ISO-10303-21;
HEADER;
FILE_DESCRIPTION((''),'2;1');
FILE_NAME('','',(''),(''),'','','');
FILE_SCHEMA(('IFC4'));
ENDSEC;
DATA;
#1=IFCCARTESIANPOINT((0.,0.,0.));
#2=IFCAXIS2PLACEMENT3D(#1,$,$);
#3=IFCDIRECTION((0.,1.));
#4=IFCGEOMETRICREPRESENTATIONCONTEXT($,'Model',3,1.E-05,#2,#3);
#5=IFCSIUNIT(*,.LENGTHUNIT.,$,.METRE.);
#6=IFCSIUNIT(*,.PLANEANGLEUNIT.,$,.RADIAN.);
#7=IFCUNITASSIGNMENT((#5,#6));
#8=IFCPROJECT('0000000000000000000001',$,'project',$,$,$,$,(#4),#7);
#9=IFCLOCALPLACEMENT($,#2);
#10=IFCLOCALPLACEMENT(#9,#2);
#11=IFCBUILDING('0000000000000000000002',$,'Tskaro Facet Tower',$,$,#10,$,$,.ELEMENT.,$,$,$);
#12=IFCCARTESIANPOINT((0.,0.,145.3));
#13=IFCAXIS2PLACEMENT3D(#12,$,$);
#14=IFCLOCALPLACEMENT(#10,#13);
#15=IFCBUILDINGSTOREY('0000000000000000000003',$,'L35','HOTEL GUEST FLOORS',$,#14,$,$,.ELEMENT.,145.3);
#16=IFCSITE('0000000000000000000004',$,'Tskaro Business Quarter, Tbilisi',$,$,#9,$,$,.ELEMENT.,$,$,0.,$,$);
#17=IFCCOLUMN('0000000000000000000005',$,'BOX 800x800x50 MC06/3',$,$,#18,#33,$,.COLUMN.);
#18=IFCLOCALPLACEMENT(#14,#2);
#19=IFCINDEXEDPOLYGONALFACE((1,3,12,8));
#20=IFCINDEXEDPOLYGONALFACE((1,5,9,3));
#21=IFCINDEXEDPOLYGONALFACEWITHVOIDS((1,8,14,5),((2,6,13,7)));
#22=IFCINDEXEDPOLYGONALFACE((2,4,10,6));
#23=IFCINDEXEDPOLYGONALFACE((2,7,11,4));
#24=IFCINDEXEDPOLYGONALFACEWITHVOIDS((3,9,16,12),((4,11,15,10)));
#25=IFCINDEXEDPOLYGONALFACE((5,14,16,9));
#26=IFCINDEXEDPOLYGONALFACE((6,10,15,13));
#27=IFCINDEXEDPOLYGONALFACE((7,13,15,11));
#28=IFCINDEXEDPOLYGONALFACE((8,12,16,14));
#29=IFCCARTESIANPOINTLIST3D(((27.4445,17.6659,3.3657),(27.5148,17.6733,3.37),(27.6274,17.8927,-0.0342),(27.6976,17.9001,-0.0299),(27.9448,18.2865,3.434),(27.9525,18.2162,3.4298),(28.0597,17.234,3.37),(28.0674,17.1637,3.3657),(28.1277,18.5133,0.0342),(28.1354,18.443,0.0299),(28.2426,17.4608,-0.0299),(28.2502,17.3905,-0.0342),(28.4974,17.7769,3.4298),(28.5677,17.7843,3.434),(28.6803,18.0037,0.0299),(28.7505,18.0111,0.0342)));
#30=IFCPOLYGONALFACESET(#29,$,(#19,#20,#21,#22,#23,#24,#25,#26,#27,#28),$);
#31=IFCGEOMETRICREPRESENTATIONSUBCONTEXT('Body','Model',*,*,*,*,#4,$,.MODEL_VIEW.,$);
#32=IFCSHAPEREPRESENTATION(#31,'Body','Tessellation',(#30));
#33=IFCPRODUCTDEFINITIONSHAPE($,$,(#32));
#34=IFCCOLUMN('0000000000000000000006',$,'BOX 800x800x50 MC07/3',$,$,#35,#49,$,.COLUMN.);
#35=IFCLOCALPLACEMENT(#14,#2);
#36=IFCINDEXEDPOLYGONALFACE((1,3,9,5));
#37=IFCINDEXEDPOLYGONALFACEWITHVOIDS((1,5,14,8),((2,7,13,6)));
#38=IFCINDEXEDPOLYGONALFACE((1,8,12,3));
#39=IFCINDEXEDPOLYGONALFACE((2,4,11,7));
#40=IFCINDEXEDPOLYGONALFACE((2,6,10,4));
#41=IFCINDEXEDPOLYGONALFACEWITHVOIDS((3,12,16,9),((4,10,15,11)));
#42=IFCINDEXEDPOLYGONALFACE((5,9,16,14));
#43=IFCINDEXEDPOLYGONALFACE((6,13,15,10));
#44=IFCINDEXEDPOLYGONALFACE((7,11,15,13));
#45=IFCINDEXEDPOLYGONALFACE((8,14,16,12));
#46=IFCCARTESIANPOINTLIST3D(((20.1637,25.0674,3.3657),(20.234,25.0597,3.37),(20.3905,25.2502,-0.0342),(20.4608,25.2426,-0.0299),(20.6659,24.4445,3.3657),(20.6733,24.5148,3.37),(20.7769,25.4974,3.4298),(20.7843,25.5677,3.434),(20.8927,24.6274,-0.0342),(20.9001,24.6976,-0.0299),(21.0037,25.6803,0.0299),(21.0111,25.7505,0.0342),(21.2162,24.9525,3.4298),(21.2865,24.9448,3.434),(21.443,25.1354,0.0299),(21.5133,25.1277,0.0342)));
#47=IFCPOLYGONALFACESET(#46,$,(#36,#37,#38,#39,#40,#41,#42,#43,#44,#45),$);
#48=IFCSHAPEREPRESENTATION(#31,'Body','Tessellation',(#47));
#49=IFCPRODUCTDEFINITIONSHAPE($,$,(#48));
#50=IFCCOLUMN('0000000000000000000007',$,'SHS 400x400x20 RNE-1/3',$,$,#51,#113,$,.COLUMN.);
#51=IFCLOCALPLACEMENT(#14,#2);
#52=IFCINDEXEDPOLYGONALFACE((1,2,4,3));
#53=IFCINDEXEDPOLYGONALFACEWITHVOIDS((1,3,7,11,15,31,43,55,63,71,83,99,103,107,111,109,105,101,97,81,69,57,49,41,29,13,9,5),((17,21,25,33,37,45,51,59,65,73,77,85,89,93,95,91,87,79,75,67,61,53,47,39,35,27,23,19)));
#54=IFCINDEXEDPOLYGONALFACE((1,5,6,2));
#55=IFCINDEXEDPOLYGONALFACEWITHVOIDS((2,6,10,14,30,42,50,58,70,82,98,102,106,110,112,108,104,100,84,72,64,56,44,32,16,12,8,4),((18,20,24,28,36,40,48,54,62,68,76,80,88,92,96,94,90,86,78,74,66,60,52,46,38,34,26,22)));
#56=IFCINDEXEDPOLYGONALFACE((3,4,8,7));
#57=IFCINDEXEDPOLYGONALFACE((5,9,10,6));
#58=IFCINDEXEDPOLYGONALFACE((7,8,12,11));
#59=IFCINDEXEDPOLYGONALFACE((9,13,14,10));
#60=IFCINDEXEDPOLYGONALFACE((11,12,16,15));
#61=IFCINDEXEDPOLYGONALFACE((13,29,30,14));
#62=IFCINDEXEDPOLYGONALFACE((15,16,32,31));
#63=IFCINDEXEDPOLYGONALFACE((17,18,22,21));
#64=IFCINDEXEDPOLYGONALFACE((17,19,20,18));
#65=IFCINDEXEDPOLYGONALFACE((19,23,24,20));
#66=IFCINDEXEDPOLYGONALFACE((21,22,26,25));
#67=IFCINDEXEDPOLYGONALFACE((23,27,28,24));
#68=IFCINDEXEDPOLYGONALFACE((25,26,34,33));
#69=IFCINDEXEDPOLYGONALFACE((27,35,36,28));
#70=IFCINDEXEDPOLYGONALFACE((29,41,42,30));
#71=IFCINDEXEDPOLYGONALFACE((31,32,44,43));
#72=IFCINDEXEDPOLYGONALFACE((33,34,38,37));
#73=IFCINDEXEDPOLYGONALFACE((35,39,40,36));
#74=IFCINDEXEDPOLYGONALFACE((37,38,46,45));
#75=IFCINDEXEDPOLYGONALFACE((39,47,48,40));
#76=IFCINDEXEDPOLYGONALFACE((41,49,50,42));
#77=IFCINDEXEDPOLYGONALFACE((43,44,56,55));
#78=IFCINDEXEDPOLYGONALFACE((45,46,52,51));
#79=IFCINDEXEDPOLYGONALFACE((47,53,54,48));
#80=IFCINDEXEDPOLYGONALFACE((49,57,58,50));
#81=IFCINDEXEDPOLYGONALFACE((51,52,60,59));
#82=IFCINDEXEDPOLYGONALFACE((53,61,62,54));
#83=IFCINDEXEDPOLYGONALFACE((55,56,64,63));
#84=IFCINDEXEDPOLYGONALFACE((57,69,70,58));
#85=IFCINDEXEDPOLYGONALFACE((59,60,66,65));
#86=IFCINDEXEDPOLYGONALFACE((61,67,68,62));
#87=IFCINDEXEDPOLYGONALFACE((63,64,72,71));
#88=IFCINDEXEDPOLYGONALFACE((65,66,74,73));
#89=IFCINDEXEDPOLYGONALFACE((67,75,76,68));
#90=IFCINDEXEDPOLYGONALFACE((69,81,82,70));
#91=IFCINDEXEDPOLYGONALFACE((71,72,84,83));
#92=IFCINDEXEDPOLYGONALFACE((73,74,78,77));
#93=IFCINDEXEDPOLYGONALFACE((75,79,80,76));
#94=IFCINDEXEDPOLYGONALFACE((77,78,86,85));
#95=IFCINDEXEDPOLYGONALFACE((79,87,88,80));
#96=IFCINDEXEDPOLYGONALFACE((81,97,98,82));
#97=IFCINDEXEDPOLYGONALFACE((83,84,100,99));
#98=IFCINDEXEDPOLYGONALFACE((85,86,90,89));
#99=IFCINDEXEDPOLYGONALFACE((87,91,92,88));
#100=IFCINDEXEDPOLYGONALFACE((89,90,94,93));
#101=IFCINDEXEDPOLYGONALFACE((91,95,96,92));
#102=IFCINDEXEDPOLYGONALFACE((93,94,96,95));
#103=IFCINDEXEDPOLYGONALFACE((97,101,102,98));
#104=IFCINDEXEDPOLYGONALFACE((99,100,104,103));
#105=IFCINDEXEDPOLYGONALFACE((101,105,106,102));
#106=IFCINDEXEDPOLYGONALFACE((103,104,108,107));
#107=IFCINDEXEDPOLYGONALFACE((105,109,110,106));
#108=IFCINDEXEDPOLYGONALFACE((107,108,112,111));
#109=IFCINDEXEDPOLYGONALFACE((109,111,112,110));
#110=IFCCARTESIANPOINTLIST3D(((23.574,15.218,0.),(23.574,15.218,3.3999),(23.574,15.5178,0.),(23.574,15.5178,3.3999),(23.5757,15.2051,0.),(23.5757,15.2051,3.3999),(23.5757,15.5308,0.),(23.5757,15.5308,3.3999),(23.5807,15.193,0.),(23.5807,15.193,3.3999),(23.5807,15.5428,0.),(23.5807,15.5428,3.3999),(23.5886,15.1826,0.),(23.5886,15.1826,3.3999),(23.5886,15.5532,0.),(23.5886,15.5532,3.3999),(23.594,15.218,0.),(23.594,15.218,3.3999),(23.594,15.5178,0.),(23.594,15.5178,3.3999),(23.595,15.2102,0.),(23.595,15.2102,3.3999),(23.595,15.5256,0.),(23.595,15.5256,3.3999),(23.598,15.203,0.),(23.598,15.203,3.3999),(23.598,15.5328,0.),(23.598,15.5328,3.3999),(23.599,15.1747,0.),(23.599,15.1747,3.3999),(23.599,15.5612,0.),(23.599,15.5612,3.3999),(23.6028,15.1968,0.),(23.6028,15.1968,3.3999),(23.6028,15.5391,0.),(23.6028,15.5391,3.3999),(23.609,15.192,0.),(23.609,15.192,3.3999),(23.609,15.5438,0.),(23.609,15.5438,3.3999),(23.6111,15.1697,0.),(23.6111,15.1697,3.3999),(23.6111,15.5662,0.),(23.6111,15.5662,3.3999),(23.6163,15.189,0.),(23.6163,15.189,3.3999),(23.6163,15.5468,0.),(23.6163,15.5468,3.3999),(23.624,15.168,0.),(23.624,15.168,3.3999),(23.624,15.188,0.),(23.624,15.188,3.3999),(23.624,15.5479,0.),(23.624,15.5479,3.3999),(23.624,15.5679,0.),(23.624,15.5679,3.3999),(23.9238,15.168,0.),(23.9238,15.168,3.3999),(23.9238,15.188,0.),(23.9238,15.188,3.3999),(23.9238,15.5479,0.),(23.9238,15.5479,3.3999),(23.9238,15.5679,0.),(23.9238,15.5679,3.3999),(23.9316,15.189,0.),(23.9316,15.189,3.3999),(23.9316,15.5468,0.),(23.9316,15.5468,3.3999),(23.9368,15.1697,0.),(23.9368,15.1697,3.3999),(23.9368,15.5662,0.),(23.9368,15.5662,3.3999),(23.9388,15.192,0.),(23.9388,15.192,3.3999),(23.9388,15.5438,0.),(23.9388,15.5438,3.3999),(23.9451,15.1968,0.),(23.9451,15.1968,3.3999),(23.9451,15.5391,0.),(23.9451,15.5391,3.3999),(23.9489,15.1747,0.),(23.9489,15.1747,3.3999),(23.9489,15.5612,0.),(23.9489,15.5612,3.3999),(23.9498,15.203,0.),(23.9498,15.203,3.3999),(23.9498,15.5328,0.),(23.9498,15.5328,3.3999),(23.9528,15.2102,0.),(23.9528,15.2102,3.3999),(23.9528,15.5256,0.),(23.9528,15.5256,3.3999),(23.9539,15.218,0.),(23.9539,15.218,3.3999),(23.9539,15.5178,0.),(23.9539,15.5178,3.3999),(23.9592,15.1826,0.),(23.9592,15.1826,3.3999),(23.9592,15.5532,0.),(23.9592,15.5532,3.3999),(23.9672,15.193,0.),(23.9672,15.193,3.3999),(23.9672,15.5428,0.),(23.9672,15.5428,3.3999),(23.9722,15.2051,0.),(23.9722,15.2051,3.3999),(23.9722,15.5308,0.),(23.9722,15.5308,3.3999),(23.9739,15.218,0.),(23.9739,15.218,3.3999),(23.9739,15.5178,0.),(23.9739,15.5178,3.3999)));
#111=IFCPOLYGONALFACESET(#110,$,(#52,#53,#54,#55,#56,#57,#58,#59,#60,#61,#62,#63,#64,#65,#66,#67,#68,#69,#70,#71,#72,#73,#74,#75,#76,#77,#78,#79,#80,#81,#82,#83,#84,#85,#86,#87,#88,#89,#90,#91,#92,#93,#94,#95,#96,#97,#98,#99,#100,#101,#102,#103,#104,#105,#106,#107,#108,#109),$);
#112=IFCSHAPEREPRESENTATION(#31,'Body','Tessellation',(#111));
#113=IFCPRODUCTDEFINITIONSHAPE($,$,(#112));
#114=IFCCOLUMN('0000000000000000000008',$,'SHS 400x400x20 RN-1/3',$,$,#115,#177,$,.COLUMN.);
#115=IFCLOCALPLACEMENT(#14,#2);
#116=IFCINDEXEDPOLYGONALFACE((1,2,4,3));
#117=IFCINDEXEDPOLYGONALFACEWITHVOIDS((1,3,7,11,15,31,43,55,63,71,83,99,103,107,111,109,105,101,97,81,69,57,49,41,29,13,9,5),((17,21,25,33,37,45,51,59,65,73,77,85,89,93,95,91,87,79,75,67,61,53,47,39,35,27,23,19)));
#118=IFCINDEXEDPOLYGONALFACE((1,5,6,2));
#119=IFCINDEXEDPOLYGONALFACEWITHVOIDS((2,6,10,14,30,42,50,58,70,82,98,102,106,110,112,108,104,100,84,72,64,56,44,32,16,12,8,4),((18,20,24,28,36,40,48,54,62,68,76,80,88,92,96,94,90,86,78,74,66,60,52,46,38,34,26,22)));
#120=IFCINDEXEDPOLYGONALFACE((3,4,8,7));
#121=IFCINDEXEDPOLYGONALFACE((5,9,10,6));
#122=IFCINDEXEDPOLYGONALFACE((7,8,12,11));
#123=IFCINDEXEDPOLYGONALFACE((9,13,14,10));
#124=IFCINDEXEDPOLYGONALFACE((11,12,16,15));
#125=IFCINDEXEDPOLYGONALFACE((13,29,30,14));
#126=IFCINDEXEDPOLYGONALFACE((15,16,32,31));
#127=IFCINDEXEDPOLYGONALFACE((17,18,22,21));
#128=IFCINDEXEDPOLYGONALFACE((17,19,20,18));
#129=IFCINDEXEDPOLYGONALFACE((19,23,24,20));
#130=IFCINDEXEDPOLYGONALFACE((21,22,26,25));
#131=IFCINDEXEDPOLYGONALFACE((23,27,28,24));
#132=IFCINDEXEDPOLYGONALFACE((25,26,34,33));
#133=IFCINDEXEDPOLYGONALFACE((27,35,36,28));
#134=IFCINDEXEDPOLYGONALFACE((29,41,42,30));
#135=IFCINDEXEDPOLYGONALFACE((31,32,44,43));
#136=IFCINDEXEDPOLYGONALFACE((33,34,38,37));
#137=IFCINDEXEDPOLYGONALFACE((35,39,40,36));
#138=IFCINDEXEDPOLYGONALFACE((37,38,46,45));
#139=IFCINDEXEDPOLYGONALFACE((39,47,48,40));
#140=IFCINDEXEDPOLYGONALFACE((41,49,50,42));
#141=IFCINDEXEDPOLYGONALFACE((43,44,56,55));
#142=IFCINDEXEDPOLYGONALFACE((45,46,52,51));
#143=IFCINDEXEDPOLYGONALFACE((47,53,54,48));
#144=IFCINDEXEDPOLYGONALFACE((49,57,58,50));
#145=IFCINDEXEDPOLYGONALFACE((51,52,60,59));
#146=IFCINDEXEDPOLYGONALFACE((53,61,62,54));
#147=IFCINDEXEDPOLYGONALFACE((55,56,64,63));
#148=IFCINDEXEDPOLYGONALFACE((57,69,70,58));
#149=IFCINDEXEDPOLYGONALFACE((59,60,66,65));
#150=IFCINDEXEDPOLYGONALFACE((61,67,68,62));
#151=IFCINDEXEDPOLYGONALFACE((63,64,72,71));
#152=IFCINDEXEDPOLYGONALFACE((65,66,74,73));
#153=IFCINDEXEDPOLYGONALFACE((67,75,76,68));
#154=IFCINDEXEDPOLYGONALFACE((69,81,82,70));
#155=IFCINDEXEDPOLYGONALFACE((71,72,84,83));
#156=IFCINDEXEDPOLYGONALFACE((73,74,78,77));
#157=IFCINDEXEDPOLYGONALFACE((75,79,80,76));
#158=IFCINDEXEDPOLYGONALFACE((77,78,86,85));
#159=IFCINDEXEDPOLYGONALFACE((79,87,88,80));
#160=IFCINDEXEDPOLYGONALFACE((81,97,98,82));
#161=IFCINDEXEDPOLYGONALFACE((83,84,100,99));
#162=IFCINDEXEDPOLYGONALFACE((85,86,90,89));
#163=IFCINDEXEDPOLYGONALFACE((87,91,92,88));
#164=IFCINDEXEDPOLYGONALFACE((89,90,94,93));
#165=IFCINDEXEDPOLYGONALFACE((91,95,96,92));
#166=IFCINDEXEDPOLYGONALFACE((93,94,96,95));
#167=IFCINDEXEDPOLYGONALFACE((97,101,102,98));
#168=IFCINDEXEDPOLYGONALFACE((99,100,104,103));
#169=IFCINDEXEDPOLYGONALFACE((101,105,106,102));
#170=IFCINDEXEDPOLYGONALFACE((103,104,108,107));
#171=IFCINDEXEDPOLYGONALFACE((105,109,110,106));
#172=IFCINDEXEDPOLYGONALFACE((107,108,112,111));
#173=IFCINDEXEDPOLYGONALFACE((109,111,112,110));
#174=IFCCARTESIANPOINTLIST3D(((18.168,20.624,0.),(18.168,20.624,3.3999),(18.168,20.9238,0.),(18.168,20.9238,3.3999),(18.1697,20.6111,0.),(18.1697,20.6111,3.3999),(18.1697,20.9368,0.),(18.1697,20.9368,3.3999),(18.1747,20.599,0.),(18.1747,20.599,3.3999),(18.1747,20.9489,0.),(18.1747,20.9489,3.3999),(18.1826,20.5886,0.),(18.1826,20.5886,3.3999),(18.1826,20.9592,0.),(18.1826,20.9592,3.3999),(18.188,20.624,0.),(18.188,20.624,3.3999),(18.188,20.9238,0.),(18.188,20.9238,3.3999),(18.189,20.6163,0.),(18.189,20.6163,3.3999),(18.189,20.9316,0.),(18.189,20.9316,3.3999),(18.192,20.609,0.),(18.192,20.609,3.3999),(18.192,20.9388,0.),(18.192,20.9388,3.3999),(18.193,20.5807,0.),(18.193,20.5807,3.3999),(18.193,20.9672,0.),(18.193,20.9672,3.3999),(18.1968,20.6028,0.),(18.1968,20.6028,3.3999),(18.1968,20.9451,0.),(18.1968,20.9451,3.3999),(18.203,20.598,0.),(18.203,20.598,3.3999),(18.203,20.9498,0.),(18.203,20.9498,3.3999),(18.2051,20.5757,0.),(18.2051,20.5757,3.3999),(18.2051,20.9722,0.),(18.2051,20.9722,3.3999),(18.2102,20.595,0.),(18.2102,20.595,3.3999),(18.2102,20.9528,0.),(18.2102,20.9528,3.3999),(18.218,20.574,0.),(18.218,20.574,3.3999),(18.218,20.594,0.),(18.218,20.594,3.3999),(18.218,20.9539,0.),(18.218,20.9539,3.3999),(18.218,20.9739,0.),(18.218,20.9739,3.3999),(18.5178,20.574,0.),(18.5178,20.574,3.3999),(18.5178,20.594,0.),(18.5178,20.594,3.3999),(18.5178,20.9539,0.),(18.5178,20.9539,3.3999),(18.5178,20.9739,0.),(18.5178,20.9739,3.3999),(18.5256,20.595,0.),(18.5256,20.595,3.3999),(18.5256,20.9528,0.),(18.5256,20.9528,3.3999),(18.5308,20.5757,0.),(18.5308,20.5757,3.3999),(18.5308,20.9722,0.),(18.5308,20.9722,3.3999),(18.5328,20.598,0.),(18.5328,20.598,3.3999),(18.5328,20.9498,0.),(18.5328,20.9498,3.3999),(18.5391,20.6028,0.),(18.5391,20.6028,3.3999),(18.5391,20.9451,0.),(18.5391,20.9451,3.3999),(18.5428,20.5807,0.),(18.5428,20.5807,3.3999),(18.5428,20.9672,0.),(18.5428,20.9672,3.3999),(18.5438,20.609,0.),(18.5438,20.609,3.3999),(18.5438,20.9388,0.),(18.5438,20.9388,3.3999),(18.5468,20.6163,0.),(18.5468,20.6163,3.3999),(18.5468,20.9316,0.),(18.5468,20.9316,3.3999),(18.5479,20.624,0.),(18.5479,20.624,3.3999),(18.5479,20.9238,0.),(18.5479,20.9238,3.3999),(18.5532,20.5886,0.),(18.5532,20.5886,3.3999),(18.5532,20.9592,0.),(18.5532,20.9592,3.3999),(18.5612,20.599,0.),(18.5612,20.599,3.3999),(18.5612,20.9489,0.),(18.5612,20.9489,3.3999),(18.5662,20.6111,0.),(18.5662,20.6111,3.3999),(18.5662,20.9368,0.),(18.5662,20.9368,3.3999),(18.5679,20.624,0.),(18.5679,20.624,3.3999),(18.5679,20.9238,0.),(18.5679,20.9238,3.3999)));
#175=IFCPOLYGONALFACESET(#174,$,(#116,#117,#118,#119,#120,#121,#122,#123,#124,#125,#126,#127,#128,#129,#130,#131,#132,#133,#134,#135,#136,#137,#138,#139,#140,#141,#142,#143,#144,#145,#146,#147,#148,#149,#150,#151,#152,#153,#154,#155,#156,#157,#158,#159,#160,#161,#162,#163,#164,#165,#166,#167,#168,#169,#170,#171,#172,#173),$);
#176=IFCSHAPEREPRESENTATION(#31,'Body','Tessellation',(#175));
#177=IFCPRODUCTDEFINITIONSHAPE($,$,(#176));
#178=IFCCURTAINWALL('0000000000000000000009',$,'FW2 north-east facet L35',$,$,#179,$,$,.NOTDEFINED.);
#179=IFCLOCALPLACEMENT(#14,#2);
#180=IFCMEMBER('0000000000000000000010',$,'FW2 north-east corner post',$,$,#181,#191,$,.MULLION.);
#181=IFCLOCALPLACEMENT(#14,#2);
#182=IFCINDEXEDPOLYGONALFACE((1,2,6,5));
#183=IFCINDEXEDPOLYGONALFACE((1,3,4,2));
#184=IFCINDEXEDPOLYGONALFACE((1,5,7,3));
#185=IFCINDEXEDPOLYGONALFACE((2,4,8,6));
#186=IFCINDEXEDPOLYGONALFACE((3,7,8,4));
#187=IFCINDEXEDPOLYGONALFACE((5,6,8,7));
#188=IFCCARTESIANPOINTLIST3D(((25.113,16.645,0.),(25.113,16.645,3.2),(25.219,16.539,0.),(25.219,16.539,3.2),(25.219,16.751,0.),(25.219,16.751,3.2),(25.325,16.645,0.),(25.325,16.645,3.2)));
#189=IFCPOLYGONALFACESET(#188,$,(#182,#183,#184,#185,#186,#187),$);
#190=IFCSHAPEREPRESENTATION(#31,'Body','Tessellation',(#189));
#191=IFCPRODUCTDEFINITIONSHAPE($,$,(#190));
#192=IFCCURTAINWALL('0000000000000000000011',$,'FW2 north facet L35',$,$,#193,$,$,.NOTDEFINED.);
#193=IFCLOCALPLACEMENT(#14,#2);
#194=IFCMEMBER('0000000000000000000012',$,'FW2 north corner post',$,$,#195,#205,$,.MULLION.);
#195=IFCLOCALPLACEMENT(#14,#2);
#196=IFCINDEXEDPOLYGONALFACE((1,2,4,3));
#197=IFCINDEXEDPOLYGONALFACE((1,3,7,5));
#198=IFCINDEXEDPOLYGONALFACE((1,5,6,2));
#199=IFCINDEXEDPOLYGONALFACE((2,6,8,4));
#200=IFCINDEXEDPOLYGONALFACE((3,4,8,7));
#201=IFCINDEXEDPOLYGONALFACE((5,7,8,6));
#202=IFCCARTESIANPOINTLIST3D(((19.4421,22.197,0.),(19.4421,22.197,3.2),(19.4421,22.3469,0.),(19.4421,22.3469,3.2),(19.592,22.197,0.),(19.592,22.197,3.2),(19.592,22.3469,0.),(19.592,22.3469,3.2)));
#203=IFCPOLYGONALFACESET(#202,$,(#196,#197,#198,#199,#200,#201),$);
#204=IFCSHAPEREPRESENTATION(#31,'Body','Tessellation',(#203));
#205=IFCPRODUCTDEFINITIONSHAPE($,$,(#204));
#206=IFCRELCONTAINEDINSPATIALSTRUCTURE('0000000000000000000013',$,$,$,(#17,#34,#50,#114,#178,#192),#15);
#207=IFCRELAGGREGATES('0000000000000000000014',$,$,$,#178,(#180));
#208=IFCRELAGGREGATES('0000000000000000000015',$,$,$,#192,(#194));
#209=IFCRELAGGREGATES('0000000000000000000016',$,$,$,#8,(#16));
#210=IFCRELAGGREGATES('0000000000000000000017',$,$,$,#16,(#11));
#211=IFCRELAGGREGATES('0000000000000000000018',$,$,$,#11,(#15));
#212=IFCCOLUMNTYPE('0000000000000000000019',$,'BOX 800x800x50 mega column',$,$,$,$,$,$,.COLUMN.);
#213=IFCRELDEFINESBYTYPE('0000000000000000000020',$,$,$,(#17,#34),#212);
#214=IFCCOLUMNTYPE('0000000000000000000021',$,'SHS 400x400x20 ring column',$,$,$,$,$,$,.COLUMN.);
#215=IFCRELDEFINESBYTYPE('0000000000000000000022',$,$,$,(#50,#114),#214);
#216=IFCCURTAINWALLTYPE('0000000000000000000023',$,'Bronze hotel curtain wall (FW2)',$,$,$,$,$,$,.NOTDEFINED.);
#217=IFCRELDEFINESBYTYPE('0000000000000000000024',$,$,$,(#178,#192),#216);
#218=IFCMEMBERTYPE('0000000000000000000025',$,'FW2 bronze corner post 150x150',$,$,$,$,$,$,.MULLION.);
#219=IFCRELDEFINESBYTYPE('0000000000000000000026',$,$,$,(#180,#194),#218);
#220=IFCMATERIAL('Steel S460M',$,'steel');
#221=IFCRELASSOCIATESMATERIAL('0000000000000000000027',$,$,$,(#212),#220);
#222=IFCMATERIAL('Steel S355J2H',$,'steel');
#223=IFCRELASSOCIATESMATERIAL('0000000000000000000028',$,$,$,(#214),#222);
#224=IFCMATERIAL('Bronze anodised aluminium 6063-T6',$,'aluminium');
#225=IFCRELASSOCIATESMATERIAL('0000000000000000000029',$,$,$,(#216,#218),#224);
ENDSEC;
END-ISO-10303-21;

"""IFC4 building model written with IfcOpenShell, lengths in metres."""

from ifc_helpers import new_model, si_unit, direction, frame, origin, origin_2d, place, context, subcontext, project, spatial, rectangle, hollow_rectangle, extrude, material, material_profile, profile_set, type_object, element, aggregate, save


model = new_model("IFC4")

# Units and contexts
model_context = context("Model", 3, precision=1e-05, world=origin(), true_north=direction((0.0, 1.0)))
body_context = subcontext(model_context, "Body", "Model", "MODEL_VIEW")
ifc_project = project(units=[si_unit("LENGTHUNIT", "METRE"), si_unit("PLANEANGLEUNIT", "RADIAN")], contexts=[model_context])

# Site, building, storey
site_placement = place(None, origin())
site = spatial("IfcSite", under=ifc_project, at=site_placement, Name="Tskaro Business Quarter, Tbilisi", CompositionType="ELEMENT", RefElevation=0.0)
building_placement = place(site_placement, origin())
building = spatial("IfcBuilding", under=site, at=building_placement, Name="Tskaro Facet Tower", CompositionType="ELEMENT")
storey_placement = place(building_placement, frame((0.0, 0.0, 145.3)))
storey = spatial("IfcBuildingStorey", under=building, at=storey_placement, Name="L35", Description="HOTEL GUEST FLOORS", CompositionType="ELEMENT", Elevation=145.3)

# Columns
ifc_material_1 = material(Name="Steel S460M", Category="steel")
ifc_material_profile_1 = material_profile(ifc_material_1, hollow_rectangle(XDim=0.8, YDim=0.8, WallThickness=0.05, at=origin_2d()), Name="BOX 800x800x50")
ifc_profile_set_1 = profile_set([ifc_material_profile_1], Name="Steel S460M")
column_type_1 = type_object("IfcColumnType", Name="BOX 800x800x50 mega column", PredefinedType="COLUMN", material=ifc_profile_set_1)
for number, where, z_axis, x_axis, name in (
    (1, (28.189, 17.9519, 0.0), (-0.053588, -0.066466, 0.996349), (0.778492, -0.627654, 0.0), "BOX 800x800x50 MC06/3"),
    (2, (20.9519, 25.189, 0.0), (-0.066466, -0.053588, 0.996349), (0.627654, -0.778492, 0.0), "BOX 800x800x50 MC07/3"),
):
    element("IfcColumn", number, at=place(storey_placement, frame(where, z_axis=z_axis, x_axis=x_axis)), inside=storey, type_object=column_type_1, Name=name, PredefinedType="COLUMN", context=body_context, shape_type="SweptSolid", body=[
        extrude(hollow_rectangle(XDim=0.8, YDim=0.8, WallThickness=0.05, at=origin_2d()), origin(), (0.0, 0.0, 1.0), 3.4124),
    ])
ifc_material_2 = material(Name="Steel S355J2H", Category="steel")
ifc_material_profile_2 = material_profile(ifc_material_2, hollow_rectangle(XDim=0.3999, YDim=0.3999, WallThickness=0.02, InnerFilletRadius=0.03, OuterFilletRadius=0.05, at=origin_2d()), Name="SHS 400x400x20")
ifc_profile_set_2 = profile_set([ifc_material_profile_2], Name="Steel S355J2H")
column_type_2 = type_object("IfcColumnType", Name="SHS 400x400x20 ring column", PredefinedType="COLUMN", material=ifc_profile_set_2)
for number, where, z_axis, x_axis, name in (
    (3, (23.7739, 15.3679, 0.0), (0.0, 0.0, 1.0), (1.0, 0.0, 0.0), "SHS 400x400x20 RNE-1/3"),
    (4, (18.3679, 20.7739, 0.0), (0.0, 0.0, 1.0), (1.0, 0.0, 0.0), "SHS 400x400x20 RN-1/3"),
):
    element("IfcColumn", number, at=place(storey_placement, frame(where, z_axis=z_axis, x_axis=x_axis)), inside=storey, type_object=column_type_2, Name=name, PredefinedType="COLUMN", context=body_context, shape_type="SweptSolid", body=[
        extrude(hollow_rectangle(XDim=0.3999, YDim=0.3999, WallThickness=0.02, InnerFilletRadius=0.03, OuterFilletRadius=0.05, at=origin_2d()), origin(), (0.0, 0.0, 1.0), 3.3999),
    ])

# Curtain walls, members
ifc_material_3 = material(Name="Bronze anodised aluminium 6063-T6", Category="aluminium")
curtain_wall_type = type_object("IfcCurtainWallType", Name="Bronze hotel curtain wall (FW2)", PredefinedType="NOTDEFINED", material=ifc_material_3)
curtain_wall_1_placement = place(storey_placement, origin())
curtain_wall_1 = element("IfcCurtainWall", 5, at=curtain_wall_1_placement, inside=storey, type_object=curtain_wall_type, Name="FW2 north-east facet L35", PredefinedType="NOTDEFINED")
ifc_material_profile_3 = material_profile(ifc_material_3, rectangle(XDim=0.1499, YDim=0.1499, at=origin_2d()), Name="Corner post 150x150")
ifc_profile_set_3 = profile_set([ifc_material_profile_3], Name="Bronze anodised aluminium 6063-T6")
member_type_1 = type_object("IfcMemberType", Name="FW2 bronze corner post 150x150", PredefinedType="MULLION", material=ifc_profile_set_3)
member_1_placement = place(storey_placement, frame((25.219, 16.645, 0.0), z_axis=(0.0, 0.0, 1.0), x_axis=(-0.707107, 0.707107, 0.0)))
member_1 = element("IfcMember", 6, at=member_1_placement, type_object=member_type_1, Name="FW2 north-east corner post", PredefinedType="MULLION", context=body_context, shape_type="SweptSolid", body=[
    extrude(rectangle(XDim=0.1499, YDim=0.1499, at=origin_2d()), origin(), (0.0, 0.0, 1.0), 3.2),
])
curtain_wall_2_placement = place(storey_placement, origin())
curtain_wall_2 = element("IfcCurtainWall", 7, at=curtain_wall_2_placement, inside=storey, type_object=curtain_wall_type, Name="FW2 north facet L35", PredefinedType="NOTDEFINED")
member_2_placement = place(storey_placement, frame((19.5171, 22.272, 0.0), z_axis=(0.0, 0.0, 1.0), x_axis=(-1.0, 0.0, 0.0)))
member_2 = element("IfcMember", 8, at=member_2_placement, type_object=member_type_1, Name="FW2 north corner post", PredefinedType="MULLION", context=body_context, shape_type="SweptSolid", body=[
    extrude(rectangle(XDim=0.1499, YDim=0.1499, at=origin_2d()), origin(), (0.0, 0.0, 1.0), 3.2),
])

aggregate(curtain_wall_1, [member_1])
aggregate(curtain_wall_2, [member_2])

save(model, "model.ifc")
